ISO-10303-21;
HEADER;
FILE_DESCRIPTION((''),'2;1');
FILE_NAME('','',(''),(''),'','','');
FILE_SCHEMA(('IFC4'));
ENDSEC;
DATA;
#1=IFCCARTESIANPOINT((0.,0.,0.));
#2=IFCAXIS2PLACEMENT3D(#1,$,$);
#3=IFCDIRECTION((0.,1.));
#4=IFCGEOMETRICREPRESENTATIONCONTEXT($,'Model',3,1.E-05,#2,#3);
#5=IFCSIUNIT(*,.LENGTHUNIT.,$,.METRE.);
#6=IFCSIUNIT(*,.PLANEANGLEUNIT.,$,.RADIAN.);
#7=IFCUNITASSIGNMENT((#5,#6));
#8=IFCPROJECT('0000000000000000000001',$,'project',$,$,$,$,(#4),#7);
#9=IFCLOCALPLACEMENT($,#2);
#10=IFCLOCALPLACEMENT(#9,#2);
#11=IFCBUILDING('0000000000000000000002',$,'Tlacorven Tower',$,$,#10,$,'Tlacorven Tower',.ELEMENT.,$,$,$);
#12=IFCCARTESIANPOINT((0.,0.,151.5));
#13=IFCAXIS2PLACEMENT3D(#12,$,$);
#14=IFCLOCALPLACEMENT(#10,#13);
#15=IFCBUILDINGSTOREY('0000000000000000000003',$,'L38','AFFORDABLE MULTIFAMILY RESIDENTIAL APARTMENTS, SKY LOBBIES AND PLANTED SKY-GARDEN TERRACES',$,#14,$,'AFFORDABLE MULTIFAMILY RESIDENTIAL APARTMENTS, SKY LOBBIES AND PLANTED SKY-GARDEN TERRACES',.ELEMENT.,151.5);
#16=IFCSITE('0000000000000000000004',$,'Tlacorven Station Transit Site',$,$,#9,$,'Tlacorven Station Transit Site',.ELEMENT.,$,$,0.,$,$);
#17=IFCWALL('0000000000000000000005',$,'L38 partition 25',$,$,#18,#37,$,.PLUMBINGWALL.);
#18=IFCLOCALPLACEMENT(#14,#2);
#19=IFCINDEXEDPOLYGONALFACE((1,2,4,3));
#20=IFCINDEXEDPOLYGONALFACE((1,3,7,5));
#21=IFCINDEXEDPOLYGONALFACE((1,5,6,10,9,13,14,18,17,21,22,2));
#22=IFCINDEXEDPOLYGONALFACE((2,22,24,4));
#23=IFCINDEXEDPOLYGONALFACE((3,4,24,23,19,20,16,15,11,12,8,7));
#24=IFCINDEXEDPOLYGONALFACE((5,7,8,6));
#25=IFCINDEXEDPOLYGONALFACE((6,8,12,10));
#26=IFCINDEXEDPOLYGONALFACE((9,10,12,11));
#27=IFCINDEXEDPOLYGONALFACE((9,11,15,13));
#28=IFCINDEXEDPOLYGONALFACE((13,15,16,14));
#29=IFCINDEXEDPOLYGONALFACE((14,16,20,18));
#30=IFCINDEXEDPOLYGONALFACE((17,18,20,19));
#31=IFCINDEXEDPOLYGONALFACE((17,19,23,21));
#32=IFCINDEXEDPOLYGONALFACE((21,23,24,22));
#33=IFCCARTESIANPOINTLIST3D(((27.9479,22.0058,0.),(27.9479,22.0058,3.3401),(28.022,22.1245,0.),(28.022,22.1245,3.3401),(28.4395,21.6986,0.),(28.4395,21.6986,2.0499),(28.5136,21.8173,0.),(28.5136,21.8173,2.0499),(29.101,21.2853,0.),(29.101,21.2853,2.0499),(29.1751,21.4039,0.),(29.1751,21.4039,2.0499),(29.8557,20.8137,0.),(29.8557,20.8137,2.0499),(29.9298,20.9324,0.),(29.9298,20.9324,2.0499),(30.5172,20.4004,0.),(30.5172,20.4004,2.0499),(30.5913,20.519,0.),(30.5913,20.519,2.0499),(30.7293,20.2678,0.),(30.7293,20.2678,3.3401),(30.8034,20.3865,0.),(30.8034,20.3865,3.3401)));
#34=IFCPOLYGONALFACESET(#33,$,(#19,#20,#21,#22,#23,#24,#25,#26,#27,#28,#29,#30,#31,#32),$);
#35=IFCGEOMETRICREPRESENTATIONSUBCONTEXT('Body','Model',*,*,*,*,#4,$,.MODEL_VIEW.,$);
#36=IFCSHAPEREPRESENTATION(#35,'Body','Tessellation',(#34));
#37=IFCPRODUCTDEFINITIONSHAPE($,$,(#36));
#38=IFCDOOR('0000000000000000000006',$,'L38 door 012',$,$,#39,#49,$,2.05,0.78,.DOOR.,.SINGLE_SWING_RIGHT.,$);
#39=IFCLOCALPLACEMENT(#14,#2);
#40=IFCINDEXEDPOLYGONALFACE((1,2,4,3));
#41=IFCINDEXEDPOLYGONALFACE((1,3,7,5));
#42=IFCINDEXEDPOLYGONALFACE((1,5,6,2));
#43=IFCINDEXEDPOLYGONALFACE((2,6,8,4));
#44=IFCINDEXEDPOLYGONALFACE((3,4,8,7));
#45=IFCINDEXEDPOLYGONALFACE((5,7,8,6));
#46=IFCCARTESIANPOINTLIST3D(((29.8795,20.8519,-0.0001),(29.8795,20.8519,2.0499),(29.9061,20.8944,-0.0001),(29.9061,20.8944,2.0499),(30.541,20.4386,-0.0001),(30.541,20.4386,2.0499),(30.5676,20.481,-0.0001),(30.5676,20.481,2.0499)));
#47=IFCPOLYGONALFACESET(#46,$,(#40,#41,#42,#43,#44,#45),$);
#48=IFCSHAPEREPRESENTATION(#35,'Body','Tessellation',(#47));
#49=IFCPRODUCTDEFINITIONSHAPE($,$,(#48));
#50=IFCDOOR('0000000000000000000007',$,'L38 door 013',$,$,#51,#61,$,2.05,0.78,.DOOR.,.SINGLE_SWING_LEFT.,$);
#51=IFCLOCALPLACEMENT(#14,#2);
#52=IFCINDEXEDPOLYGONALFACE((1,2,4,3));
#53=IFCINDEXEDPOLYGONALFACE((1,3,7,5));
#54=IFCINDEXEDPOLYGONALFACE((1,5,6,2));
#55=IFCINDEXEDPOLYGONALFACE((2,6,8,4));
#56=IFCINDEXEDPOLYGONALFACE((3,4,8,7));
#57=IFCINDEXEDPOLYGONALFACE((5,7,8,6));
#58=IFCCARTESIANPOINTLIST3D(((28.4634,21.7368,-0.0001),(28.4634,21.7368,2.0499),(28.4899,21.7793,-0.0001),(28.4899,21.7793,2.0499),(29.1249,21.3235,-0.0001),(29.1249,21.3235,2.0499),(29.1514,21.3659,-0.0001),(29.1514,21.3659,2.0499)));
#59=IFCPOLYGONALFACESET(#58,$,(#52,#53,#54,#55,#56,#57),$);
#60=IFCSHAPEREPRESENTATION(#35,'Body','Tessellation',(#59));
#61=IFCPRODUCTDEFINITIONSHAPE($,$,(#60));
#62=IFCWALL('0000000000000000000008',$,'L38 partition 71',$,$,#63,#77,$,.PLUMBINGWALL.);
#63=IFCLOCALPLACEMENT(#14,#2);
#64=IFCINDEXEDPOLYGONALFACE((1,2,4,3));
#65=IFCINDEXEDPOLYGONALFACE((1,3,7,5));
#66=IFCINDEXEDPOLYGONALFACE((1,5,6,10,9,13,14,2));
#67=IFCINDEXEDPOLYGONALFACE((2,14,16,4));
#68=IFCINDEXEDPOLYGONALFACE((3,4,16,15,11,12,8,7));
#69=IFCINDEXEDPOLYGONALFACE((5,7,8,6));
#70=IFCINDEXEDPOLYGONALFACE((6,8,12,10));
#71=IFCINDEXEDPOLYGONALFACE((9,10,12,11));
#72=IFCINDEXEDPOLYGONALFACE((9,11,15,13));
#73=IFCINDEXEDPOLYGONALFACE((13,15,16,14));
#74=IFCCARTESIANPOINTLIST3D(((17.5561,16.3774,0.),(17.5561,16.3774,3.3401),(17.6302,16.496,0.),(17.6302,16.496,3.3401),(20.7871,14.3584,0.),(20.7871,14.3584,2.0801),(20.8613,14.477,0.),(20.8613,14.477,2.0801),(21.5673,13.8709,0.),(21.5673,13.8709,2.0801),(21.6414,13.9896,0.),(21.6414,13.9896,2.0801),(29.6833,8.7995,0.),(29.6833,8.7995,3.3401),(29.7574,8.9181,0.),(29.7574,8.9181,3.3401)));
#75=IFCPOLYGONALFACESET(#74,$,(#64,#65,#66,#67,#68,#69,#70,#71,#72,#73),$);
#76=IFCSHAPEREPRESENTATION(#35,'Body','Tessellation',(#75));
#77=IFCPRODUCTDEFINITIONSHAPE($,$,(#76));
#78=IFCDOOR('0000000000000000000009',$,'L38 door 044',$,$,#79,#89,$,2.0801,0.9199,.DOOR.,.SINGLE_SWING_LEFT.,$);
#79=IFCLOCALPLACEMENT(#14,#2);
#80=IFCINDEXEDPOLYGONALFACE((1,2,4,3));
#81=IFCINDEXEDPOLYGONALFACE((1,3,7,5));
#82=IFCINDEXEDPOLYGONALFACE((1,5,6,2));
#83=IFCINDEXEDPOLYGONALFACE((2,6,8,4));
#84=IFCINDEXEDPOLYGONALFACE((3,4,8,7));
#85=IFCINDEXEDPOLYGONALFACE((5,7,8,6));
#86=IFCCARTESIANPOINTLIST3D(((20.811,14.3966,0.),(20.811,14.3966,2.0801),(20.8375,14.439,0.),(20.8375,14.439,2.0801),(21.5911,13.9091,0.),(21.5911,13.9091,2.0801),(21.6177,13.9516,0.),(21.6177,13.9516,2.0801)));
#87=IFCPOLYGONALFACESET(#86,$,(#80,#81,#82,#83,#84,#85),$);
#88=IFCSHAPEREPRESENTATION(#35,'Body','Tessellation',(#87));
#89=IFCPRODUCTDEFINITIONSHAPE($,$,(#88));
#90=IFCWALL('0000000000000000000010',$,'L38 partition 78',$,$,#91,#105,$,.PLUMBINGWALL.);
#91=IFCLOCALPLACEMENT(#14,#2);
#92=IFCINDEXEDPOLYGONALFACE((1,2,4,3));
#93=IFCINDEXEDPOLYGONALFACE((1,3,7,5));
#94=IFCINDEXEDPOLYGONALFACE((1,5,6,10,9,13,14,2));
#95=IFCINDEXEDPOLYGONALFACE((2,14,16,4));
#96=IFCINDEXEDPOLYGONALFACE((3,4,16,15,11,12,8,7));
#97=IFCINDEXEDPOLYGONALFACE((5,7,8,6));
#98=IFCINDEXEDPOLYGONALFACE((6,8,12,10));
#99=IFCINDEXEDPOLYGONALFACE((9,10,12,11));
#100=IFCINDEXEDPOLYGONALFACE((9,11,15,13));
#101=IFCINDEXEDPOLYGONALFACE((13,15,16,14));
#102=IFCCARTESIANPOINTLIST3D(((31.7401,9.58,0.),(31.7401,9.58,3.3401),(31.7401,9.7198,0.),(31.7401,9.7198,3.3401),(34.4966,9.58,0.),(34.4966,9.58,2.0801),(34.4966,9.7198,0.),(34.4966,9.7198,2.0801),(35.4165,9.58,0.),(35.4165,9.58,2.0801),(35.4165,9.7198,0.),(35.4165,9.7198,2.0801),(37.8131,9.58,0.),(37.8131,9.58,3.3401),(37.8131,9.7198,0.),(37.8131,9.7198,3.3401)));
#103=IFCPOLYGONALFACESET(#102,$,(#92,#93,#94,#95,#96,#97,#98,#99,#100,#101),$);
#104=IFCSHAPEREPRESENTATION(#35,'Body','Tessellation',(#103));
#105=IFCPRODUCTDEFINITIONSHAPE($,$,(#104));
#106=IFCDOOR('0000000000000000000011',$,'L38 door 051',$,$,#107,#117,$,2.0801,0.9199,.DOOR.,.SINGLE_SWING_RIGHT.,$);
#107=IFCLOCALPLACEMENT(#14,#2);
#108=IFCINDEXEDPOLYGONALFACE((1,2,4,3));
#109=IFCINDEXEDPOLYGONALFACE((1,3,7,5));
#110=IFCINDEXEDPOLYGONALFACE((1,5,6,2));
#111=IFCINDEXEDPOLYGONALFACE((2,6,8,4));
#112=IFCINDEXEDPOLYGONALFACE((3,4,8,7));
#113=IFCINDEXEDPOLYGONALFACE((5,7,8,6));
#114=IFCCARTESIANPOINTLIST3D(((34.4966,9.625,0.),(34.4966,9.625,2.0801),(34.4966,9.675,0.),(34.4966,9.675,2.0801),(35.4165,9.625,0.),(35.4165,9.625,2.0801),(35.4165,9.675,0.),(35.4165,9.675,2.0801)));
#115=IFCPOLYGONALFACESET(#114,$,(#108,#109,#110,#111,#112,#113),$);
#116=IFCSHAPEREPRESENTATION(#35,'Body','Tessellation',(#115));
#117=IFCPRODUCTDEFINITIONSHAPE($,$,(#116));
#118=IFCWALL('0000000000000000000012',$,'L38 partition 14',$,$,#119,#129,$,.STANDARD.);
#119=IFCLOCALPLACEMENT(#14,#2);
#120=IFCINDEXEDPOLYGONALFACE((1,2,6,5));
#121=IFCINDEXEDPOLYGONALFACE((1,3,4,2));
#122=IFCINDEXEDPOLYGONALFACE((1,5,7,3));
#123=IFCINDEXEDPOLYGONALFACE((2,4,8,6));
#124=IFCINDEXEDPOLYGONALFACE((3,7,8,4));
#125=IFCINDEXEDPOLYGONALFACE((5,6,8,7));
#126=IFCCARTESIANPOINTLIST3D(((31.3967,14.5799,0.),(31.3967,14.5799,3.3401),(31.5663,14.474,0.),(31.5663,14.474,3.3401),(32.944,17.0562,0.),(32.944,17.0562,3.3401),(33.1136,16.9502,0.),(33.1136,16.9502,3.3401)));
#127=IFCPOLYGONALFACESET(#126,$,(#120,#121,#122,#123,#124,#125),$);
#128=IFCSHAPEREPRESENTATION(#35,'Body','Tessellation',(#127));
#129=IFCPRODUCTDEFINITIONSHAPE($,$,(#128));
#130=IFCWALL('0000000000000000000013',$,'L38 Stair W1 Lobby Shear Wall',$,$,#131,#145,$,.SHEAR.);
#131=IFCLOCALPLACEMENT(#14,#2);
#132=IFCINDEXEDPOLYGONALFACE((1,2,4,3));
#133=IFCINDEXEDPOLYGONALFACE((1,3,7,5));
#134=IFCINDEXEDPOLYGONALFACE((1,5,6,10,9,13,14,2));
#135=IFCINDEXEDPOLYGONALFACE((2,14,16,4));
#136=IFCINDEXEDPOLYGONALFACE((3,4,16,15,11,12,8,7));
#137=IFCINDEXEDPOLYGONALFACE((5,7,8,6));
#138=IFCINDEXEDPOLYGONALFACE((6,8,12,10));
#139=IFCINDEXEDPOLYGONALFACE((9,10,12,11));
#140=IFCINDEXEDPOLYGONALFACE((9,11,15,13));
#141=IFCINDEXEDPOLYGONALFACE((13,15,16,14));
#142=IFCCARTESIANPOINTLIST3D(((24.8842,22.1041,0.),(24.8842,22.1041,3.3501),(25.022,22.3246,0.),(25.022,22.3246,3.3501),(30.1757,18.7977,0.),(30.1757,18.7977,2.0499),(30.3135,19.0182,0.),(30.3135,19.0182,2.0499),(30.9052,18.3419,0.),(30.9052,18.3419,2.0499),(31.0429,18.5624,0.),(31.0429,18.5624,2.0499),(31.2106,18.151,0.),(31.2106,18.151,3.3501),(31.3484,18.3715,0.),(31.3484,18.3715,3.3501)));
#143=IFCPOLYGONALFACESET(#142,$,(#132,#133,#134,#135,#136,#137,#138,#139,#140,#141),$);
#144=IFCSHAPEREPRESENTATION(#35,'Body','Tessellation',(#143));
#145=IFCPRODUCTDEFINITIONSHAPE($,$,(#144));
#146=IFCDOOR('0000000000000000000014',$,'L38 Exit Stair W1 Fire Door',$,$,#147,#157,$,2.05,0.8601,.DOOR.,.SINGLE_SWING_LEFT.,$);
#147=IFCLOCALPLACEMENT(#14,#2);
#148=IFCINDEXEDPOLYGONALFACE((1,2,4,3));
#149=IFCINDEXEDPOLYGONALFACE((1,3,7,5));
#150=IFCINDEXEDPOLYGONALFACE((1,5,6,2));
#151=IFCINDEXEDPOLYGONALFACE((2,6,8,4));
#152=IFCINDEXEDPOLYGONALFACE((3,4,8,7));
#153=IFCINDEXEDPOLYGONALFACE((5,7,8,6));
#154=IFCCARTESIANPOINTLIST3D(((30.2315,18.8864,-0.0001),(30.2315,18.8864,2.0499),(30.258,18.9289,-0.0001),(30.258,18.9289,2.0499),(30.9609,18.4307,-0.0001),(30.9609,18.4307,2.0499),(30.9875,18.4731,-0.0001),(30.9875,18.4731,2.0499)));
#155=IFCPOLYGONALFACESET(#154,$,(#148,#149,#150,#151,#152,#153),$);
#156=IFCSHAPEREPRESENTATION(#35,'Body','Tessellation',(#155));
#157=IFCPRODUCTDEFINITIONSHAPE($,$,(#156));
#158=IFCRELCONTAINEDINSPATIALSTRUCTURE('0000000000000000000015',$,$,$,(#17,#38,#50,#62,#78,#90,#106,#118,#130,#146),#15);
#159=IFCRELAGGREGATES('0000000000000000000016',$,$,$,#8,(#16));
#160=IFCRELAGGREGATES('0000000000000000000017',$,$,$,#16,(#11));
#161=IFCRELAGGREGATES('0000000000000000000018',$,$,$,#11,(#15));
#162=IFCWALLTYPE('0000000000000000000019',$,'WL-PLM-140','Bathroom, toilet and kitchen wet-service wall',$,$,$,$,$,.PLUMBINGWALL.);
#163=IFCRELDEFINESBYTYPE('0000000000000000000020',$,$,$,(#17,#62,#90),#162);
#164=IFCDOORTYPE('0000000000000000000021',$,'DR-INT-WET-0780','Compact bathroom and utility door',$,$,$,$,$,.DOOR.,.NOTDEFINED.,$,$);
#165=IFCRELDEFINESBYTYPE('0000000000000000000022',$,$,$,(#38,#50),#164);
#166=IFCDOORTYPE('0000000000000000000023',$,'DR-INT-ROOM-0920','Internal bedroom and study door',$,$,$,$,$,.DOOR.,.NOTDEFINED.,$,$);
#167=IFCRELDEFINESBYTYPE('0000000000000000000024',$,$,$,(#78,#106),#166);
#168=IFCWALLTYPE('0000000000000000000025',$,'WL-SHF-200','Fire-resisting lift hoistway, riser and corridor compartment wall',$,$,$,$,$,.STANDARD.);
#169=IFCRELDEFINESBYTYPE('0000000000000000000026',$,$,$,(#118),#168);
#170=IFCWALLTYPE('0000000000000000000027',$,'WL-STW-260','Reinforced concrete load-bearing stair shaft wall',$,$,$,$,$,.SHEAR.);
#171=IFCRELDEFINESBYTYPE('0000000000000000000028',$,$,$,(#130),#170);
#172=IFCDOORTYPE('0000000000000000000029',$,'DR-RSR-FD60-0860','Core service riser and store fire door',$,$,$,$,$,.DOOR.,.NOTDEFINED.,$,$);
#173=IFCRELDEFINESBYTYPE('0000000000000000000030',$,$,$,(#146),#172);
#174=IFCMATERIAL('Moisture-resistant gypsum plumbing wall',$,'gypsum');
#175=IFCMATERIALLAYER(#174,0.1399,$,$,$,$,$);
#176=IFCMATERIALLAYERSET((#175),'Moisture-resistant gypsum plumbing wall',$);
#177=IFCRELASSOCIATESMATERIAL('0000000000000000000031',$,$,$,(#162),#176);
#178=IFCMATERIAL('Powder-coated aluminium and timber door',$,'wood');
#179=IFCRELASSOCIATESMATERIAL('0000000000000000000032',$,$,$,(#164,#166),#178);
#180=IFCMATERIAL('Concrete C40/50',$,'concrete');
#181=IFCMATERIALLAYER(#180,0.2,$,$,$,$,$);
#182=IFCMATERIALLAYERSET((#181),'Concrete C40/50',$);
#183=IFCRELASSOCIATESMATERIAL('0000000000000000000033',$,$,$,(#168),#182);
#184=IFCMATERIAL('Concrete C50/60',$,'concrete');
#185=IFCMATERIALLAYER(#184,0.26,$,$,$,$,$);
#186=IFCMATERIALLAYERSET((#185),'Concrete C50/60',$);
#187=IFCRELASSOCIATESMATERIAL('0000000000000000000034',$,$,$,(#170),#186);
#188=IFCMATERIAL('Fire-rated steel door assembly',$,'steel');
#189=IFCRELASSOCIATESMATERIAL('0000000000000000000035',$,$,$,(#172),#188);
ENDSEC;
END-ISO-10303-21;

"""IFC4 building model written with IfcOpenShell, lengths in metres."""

from ifc_helpers import new_model, si_unit, direction, frame, frame_2d, origin, place, context, subcontext, project, spatial, rectangle, extrude, source, transform, mapped, material, layer, layer_set, type_object, element, fill, save


model = new_model("IFC4")

# Units and contexts
model_context = context("Model", 3, precision=1e-05, world=origin(), true_north=direction((0.0, 1.0)))
body_context = subcontext(model_context, "Body", "Model", "MODEL_VIEW")
ifc_project = project(units=[si_unit("LENGTHUNIT", "METRE"), si_unit("PLANEANGLEUNIT", "RADIAN")], contexts=[model_context])

# Site, building, storey
site_placement = place(None, origin())
site = spatial("IfcSite", under=ifc_project, at=site_placement, Name="Tlacorven Station Transit Site", LongName="Tlacorven Station Transit Site", CompositionType="ELEMENT", RefElevation=0.0)
building_placement = place(site_placement, origin())
building = spatial("IfcBuilding", under=site, at=building_placement, Name="Tlacorven Tower", LongName="Tlacorven Tower", CompositionType="ELEMENT")
storey_placement = place(building_placement, frame((0.0, 0.0, 151.5)))
storey = spatial("IfcBuildingStorey", under=building, at=storey_placement, Name="L38", Description="AFFORDABLE MULTIFAMILY RESIDENTIAL APARTMENTS, SKY LOBBIES AND PLANTED SKY-GARDEN TERRACES", LongName="AFFORDABLE MULTIFAMILY RESIDENTIAL APARTMENTS, SKY LOBBIES AND PLANTED SKY-GARDEN TERRACES", CompositionType="ELEMENT", Elevation=151.5)

# Shared definitions
ifc_material_1 = material(Name="Fire-rated steel door assembly", Category="steel")

# Wall, openings, doors
ifc_material_2 = material(Name="Moisture-resistant gypsum plumbing wall", Category="gypsum")
ifc_layer_1 = layer(ifc_material_2, 0.1399)
ifc_layer_set_1 = layer_set([ifc_layer_1], Name="Moisture-resistant gypsum plumbing wall")
wall_type_1 = type_object("IfcWallType", Name="WL-PLM-140", Description="Bathroom, toilet and kitchen wet-service wall", PredefinedType="PLUMBINGWALL", material=ifc_layer_set_1)
wall_1_placement = place(storey_placement, frame((30.7664, 20.3271, 0.0), z_axis=(0.0, 0.0, 1.0), x_axis=(-0.848053, 0.529912, 0.0)))
wall_1 = element("IfcWall", 1, at=wall_1_placement, inside=storey, type_object=wall_type_1, Name="L38 partition 25", PredefinedType="PLUMBINGWALL", context=body_context, shape_type="SweptSolid", body=[
    extrude(rectangle(XDim=3.2798, YDim=0.1399, at=frame_2d((1.6399, 0.0))), origin(), (0.0, 0.0, 1.0), 3.3401),
])
opening_1_placement = place(wall_1_placement, frame((0.25, 0.0, 0.0)))
opening_1 = element("IfcOpeningElement", 2, at=opening_1_placement, cuts=wall_1, PredefinedType="OPENING", context=body_context, shape_type="SweptSolid", body=[
    extrude(rectangle(XDim=0.78, YDim=2.05, at=frame_2d((0.3901, 1.0249))), frame((0.0, 0.0801, 0.0), z_axis=(0.0, -1.0, 0.0), x_axis=(1.0, 0.0, 0.0)), (0.0, 0.0, 1.0), 0.1599),
])
opening_2_placement = place(wall_1_placement, frame((1.9199, 0.0, 0.0)))
opening_2 = element("IfcOpeningElement", 3, at=opening_2_placement, cuts=wall_1, PredefinedType="OPENING", context=body_context, shape_type="SweptSolid", body=[
    extrude(rectangle(XDim=0.78, YDim=2.05, at=frame_2d((0.3901, 1.0249))), frame((0.0, 0.0801, 0.0), z_axis=(0.0, -1.0, 0.0), x_axis=(1.0, 0.0, 0.0)), (0.0, 0.0, 1.0), 0.1599),
])
ifc_material_3 = material(Name="Powder-coated aluminium and timber door", Category="wood")
door_type_1 = type_object("IfcDoorType", Name="DR-INT-WET-0780", Description="Compact bathroom and utility door", OperationType="NOTDEFINED", PredefinedType="DOOR", material=ifc_material_3)
shared_shape_1 = source(origin(), body_context, "Body", "SweptSolid", [
    extrude(rectangle(XDim=0.78, YDim=2.05, at=frame_2d((0.3901, 1.0249))), frame((0.0, 0.0249, 0.0), z_axis=(0.0, -1.0, 0.0), x_axis=(1.0, 0.0, 0.0)), (0.0, 0.0, 1.0), 0.05),
])
door_1_placement = place(opening_1_placement, origin())
door_1 = element("IfcDoor", 4, at=door_1_placement, inside=storey, type_object=door_type_1, Name="L38 door 012", OperationType="SINGLE_SWING_RIGHT", OverallHeight=2.05, OverallWidth=0.78, PredefinedType="DOOR", context=body_context, shape_type="MappedRepresentation", body=[
    mapped(shared_shape_1, transform((0.0, 0.0, 0.0), scale=1.0)),
])
fill(opening_1, door_1)
door_2_placement = place(opening_2_placement, origin())
door_2 = element("IfcDoor", 5, at=door_2_placement, inside=storey, type_object=door_type_1, Name="L38 door 013", OperationType="SINGLE_SWING_LEFT", OverallHeight=2.05, OverallWidth=0.78, PredefinedType="DOOR", context=body_context, shape_type="MappedRepresentation", body=[
    mapped(shared_shape_1, transform((0.0, 0.0, 0.0), scale=1.0)),
])
fill(opening_2, door_2)

# Walls, openings, doors
wall_2_placement = place(storey_placement, frame((29.7202, 8.8589, 0.0), z_axis=(0.0, 0.0, 1.0), x_axis=(-0.848049, 0.529918, 0.0)))
wall_2 = element("IfcWall", 6, at=wall_2_placement, inside=storey, type_object=wall_type_1, Name="L38 partition 71", PredefinedType="PLUMBINGWALL", context=body_context, shape_type="SweptSolid", body=[
    extrude(rectangle(XDim=14.3, YDim=0.1399, at=frame_2d((7.1499, 0.0))), origin(), (0.0, 0.0, 1.0), 3.3401),
])
opening_3_placement = place(wall_2_placement, frame((9.5701, 0.0, 0.0)))
opening_3 = element("IfcOpeningElement", 7, at=opening_3_placement, cuts=wall_2, PredefinedType="OPENING", context=body_context, shape_type="SweptSolid", body=[
    extrude(rectangle(XDim=0.9199, YDim=2.0801, at=frame_2d((0.46, 1.04))), frame((0.0, 0.0801, 0.0), z_axis=(0.0, -1.0, 0.0), x_axis=(1.0, 0.0, 0.0)), (0.0, 0.0, 1.0), 0.1599),
])
door_type_2 = type_object("IfcDoorType", Name="DR-INT-ROOM-0920", Description="Internal bedroom and study door", OperationType="NOTDEFINED", PredefinedType="DOOR", material=ifc_material_3)
shared_shape_2 = source(origin(), body_context, "Body", "SweptSolid", [
    extrude(rectangle(XDim=0.9199, YDim=2.0801, at=frame_2d((0.46, 1.04))), frame((0.0, 0.0249, 0.0), z_axis=(0.0, -1.0, 0.0), x_axis=(1.0, 0.0, 0.0)), (0.0, 0.0, 1.0), 0.05),
])
door_3_placement = place(opening_3_placement, origin())
door_3 = element("IfcDoor", 8, at=door_3_placement, inside=storey, type_object=door_type_2, Name="L38 door 044", OperationType="SINGLE_SWING_LEFT", OverallHeight=2.0801, OverallWidth=0.9199, PredefinedType="DOOR", context=body_context, shape_type="MappedRepresentation", body=[
    mapped(shared_shape_2, transform((0.0, 0.0, 0.0), scale=1.0)),
])
fill(opening_3, door_3)
wall_3_placement = place(storey_placement, frame((31.74, 9.6499, 0.0), z_axis=(0.0, 0.0, 1.0), x_axis=(1.0, 0.0, 0.0)))
wall_3 = element("IfcWall", 9, at=wall_3_placement, inside=storey, type_object=wall_type_1, Name="L38 partition 78", PredefinedType="PLUMBINGWALL", context=body_context, shape_type="SweptSolid", body=[
    extrude(rectangle(XDim=6.073, YDim=0.1399, at=frame_2d((3.0366, 0.0))), origin(), (0.0, 0.0, 1.0), 3.3401),
])
opening_4_placement = place(wall_3_placement, frame((2.7566, 0.0, 0.0)))
opening_4 = element("IfcOpeningElement", 10, at=opening_4_placement, cuts=wall_3, PredefinedType="OPENING", context=body_context, shape_type="SweptSolid", body=[
    extrude(rectangle(XDim=0.9199, YDim=2.0801, at=frame_2d((0.46, 1.04))), frame((0.0, 0.0801, 0.0), z_axis=(0.0, -1.0, 0.0), x_axis=(1.0, 0.0, 0.0)), (0.0, 0.0, 1.0), 0.1599),
])
door_4_placement = place(opening_4_placement, frame((0.9199, 0.0, 0.0), z_axis=(0.0, 0.0, 1.0), x_axis=(-1.0, 0.0, 0.0)))
door_4 = element("IfcDoor", 11, at=door_4_placement, inside=storey, type_object=door_type_2, Name="L38 door 051", OperationType="SINGLE_SWING_RIGHT", OverallHeight=2.0801, OverallWidth=0.9199, PredefinedType="DOOR", context=body_context, shape_type="MappedRepresentation", body=[
    mapped(shared_shape_2, transform((0.0, 0.0, 0.0), scale=1.0)),
])
fill(opening_4, door_4)

# Wall
ifc_material_4 = material(Name="Concrete C40/50", Category="concrete")
ifc_layer_2 = layer(ifc_material_4, 0.2)
ifc_layer_set_2 = layer_set([ifc_layer_2], Name="Concrete C40/50")
wall_type_2 = type_object("IfcWallType", Name="WL-SHF-200", Description="Fire-resisting lift hoistway, riser and corridor compartment wall", PredefinedType="STANDARD", material=ifc_layer_set_2)
wall_4_placement = place(storey_placement, frame((33.0288, 17.0032, 0.0), z_axis=(0.0, 0.0, 1.0), x_axis=(-0.529916, -0.84805, 0.0)))
element("IfcWall", 12, at=wall_4_placement, inside=storey, type_object=wall_type_2, Name="L38 partition 14", PredefinedType="STANDARD", context=body_context, shape_type="SweptSolid", body=[
    extrude(rectangle(XDim=2.9199, YDim=0.2, at=frame_2d((1.46, 0.0))), origin(), (0.0, 0.0, 1.0), 3.3401),
])

# Wall, opening, door
ifc_material_5 = material(Name="Concrete C50/60", Category="concrete")
ifc_layer_3 = layer(ifc_material_5, 0.26)
ifc_layer_set_3 = layer_set([ifc_layer_3], Name="Concrete C50/60")
wall_type_3 = type_object("IfcWallType", Name="WL-STW-260", Description="Reinforced concrete load-bearing stair shaft wall", PredefinedType="SHEAR", material=ifc_layer_set_3)
wall_5_placement = place(storey_placement, frame((31.2795, 18.2612, 0.0), z_axis=(0.0, 0.0, 1.0), x_axis=(-0.848052, 0.529914, 0.0)))
wall_5 = element("IfcWall", 13, at=wall_5_placement, inside=storey, type_object=wall_type_3, Name="L38 Stair W1 Lobby Shear Wall", PredefinedType="SHEAR", context=body_context, shape_type="SweptSolid", body=[
    extrude(rectangle(XDim=7.46, YDim=0.26, at=frame_2d((3.73, 0.0))), origin(), (0.0, 0.0, 1.0), 3.3501),
])
opening_5_placement = place(wall_5_placement, frame((0.3601, 0.0, 0.0)))
opening_5 = element("IfcOpeningElement", 14, at=opening_5_placement, cuts=wall_5, PredefinedType="OPENING", context=body_context, shape_type="SweptSolid", body=[
    extrude(rectangle(XDim=0.8601, YDim=2.05, at=frame_2d((0.4302, 1.0249))), frame((0.0, 0.1401, 0.0), z_axis=(0.0, -1.0, 0.0), x_axis=(1.0, 0.0, 0.0)), (0.0, 0.0, 1.0), 0.28),
])
door_type_3 = type_object("IfcDoorType", Name="DR-RSR-FD60-0860", Description="Core service riser and store fire door", OperationType="NOTDEFINED", PredefinedType="DOOR", material=ifc_material_1)
shared_shape_3 = source(origin(), body_context, "Body", "SweptSolid", [
    extrude(rectangle(XDim=0.8601, YDim=2.05, at=frame_2d((0.4302, 1.0249))), frame((0.0, 0.0249, 0.0), z_axis=(0.0, -1.0, 0.0), x_axis=(1.0, 0.0, 0.0)), (0.0, 0.0, 1.0), 0.05),
])
door_5_placement = place(opening_5_placement, frame((0.8601, 0.0, 0.0), z_axis=(0.0, 0.0, 1.0), x_axis=(-1.0, 0.0, 0.0)))
door_5 = element("IfcDoor", 15, at=door_5_placement, inside=storey, type_object=door_type_3, Name="L38 Exit Stair W1 Fire Door", OperationType="SINGLE_SWING_LEFT", OverallHeight=2.05, OverallWidth=0.8601, PredefinedType="DOOR", context=body_context, shape_type="MappedRepresentation", body=[
    mapped(shared_shape_3, transform((0.0, 0.0, 0.0), scale=1.0)),
])
fill(opening_5, door_5)

save(model, "model.ifc")
